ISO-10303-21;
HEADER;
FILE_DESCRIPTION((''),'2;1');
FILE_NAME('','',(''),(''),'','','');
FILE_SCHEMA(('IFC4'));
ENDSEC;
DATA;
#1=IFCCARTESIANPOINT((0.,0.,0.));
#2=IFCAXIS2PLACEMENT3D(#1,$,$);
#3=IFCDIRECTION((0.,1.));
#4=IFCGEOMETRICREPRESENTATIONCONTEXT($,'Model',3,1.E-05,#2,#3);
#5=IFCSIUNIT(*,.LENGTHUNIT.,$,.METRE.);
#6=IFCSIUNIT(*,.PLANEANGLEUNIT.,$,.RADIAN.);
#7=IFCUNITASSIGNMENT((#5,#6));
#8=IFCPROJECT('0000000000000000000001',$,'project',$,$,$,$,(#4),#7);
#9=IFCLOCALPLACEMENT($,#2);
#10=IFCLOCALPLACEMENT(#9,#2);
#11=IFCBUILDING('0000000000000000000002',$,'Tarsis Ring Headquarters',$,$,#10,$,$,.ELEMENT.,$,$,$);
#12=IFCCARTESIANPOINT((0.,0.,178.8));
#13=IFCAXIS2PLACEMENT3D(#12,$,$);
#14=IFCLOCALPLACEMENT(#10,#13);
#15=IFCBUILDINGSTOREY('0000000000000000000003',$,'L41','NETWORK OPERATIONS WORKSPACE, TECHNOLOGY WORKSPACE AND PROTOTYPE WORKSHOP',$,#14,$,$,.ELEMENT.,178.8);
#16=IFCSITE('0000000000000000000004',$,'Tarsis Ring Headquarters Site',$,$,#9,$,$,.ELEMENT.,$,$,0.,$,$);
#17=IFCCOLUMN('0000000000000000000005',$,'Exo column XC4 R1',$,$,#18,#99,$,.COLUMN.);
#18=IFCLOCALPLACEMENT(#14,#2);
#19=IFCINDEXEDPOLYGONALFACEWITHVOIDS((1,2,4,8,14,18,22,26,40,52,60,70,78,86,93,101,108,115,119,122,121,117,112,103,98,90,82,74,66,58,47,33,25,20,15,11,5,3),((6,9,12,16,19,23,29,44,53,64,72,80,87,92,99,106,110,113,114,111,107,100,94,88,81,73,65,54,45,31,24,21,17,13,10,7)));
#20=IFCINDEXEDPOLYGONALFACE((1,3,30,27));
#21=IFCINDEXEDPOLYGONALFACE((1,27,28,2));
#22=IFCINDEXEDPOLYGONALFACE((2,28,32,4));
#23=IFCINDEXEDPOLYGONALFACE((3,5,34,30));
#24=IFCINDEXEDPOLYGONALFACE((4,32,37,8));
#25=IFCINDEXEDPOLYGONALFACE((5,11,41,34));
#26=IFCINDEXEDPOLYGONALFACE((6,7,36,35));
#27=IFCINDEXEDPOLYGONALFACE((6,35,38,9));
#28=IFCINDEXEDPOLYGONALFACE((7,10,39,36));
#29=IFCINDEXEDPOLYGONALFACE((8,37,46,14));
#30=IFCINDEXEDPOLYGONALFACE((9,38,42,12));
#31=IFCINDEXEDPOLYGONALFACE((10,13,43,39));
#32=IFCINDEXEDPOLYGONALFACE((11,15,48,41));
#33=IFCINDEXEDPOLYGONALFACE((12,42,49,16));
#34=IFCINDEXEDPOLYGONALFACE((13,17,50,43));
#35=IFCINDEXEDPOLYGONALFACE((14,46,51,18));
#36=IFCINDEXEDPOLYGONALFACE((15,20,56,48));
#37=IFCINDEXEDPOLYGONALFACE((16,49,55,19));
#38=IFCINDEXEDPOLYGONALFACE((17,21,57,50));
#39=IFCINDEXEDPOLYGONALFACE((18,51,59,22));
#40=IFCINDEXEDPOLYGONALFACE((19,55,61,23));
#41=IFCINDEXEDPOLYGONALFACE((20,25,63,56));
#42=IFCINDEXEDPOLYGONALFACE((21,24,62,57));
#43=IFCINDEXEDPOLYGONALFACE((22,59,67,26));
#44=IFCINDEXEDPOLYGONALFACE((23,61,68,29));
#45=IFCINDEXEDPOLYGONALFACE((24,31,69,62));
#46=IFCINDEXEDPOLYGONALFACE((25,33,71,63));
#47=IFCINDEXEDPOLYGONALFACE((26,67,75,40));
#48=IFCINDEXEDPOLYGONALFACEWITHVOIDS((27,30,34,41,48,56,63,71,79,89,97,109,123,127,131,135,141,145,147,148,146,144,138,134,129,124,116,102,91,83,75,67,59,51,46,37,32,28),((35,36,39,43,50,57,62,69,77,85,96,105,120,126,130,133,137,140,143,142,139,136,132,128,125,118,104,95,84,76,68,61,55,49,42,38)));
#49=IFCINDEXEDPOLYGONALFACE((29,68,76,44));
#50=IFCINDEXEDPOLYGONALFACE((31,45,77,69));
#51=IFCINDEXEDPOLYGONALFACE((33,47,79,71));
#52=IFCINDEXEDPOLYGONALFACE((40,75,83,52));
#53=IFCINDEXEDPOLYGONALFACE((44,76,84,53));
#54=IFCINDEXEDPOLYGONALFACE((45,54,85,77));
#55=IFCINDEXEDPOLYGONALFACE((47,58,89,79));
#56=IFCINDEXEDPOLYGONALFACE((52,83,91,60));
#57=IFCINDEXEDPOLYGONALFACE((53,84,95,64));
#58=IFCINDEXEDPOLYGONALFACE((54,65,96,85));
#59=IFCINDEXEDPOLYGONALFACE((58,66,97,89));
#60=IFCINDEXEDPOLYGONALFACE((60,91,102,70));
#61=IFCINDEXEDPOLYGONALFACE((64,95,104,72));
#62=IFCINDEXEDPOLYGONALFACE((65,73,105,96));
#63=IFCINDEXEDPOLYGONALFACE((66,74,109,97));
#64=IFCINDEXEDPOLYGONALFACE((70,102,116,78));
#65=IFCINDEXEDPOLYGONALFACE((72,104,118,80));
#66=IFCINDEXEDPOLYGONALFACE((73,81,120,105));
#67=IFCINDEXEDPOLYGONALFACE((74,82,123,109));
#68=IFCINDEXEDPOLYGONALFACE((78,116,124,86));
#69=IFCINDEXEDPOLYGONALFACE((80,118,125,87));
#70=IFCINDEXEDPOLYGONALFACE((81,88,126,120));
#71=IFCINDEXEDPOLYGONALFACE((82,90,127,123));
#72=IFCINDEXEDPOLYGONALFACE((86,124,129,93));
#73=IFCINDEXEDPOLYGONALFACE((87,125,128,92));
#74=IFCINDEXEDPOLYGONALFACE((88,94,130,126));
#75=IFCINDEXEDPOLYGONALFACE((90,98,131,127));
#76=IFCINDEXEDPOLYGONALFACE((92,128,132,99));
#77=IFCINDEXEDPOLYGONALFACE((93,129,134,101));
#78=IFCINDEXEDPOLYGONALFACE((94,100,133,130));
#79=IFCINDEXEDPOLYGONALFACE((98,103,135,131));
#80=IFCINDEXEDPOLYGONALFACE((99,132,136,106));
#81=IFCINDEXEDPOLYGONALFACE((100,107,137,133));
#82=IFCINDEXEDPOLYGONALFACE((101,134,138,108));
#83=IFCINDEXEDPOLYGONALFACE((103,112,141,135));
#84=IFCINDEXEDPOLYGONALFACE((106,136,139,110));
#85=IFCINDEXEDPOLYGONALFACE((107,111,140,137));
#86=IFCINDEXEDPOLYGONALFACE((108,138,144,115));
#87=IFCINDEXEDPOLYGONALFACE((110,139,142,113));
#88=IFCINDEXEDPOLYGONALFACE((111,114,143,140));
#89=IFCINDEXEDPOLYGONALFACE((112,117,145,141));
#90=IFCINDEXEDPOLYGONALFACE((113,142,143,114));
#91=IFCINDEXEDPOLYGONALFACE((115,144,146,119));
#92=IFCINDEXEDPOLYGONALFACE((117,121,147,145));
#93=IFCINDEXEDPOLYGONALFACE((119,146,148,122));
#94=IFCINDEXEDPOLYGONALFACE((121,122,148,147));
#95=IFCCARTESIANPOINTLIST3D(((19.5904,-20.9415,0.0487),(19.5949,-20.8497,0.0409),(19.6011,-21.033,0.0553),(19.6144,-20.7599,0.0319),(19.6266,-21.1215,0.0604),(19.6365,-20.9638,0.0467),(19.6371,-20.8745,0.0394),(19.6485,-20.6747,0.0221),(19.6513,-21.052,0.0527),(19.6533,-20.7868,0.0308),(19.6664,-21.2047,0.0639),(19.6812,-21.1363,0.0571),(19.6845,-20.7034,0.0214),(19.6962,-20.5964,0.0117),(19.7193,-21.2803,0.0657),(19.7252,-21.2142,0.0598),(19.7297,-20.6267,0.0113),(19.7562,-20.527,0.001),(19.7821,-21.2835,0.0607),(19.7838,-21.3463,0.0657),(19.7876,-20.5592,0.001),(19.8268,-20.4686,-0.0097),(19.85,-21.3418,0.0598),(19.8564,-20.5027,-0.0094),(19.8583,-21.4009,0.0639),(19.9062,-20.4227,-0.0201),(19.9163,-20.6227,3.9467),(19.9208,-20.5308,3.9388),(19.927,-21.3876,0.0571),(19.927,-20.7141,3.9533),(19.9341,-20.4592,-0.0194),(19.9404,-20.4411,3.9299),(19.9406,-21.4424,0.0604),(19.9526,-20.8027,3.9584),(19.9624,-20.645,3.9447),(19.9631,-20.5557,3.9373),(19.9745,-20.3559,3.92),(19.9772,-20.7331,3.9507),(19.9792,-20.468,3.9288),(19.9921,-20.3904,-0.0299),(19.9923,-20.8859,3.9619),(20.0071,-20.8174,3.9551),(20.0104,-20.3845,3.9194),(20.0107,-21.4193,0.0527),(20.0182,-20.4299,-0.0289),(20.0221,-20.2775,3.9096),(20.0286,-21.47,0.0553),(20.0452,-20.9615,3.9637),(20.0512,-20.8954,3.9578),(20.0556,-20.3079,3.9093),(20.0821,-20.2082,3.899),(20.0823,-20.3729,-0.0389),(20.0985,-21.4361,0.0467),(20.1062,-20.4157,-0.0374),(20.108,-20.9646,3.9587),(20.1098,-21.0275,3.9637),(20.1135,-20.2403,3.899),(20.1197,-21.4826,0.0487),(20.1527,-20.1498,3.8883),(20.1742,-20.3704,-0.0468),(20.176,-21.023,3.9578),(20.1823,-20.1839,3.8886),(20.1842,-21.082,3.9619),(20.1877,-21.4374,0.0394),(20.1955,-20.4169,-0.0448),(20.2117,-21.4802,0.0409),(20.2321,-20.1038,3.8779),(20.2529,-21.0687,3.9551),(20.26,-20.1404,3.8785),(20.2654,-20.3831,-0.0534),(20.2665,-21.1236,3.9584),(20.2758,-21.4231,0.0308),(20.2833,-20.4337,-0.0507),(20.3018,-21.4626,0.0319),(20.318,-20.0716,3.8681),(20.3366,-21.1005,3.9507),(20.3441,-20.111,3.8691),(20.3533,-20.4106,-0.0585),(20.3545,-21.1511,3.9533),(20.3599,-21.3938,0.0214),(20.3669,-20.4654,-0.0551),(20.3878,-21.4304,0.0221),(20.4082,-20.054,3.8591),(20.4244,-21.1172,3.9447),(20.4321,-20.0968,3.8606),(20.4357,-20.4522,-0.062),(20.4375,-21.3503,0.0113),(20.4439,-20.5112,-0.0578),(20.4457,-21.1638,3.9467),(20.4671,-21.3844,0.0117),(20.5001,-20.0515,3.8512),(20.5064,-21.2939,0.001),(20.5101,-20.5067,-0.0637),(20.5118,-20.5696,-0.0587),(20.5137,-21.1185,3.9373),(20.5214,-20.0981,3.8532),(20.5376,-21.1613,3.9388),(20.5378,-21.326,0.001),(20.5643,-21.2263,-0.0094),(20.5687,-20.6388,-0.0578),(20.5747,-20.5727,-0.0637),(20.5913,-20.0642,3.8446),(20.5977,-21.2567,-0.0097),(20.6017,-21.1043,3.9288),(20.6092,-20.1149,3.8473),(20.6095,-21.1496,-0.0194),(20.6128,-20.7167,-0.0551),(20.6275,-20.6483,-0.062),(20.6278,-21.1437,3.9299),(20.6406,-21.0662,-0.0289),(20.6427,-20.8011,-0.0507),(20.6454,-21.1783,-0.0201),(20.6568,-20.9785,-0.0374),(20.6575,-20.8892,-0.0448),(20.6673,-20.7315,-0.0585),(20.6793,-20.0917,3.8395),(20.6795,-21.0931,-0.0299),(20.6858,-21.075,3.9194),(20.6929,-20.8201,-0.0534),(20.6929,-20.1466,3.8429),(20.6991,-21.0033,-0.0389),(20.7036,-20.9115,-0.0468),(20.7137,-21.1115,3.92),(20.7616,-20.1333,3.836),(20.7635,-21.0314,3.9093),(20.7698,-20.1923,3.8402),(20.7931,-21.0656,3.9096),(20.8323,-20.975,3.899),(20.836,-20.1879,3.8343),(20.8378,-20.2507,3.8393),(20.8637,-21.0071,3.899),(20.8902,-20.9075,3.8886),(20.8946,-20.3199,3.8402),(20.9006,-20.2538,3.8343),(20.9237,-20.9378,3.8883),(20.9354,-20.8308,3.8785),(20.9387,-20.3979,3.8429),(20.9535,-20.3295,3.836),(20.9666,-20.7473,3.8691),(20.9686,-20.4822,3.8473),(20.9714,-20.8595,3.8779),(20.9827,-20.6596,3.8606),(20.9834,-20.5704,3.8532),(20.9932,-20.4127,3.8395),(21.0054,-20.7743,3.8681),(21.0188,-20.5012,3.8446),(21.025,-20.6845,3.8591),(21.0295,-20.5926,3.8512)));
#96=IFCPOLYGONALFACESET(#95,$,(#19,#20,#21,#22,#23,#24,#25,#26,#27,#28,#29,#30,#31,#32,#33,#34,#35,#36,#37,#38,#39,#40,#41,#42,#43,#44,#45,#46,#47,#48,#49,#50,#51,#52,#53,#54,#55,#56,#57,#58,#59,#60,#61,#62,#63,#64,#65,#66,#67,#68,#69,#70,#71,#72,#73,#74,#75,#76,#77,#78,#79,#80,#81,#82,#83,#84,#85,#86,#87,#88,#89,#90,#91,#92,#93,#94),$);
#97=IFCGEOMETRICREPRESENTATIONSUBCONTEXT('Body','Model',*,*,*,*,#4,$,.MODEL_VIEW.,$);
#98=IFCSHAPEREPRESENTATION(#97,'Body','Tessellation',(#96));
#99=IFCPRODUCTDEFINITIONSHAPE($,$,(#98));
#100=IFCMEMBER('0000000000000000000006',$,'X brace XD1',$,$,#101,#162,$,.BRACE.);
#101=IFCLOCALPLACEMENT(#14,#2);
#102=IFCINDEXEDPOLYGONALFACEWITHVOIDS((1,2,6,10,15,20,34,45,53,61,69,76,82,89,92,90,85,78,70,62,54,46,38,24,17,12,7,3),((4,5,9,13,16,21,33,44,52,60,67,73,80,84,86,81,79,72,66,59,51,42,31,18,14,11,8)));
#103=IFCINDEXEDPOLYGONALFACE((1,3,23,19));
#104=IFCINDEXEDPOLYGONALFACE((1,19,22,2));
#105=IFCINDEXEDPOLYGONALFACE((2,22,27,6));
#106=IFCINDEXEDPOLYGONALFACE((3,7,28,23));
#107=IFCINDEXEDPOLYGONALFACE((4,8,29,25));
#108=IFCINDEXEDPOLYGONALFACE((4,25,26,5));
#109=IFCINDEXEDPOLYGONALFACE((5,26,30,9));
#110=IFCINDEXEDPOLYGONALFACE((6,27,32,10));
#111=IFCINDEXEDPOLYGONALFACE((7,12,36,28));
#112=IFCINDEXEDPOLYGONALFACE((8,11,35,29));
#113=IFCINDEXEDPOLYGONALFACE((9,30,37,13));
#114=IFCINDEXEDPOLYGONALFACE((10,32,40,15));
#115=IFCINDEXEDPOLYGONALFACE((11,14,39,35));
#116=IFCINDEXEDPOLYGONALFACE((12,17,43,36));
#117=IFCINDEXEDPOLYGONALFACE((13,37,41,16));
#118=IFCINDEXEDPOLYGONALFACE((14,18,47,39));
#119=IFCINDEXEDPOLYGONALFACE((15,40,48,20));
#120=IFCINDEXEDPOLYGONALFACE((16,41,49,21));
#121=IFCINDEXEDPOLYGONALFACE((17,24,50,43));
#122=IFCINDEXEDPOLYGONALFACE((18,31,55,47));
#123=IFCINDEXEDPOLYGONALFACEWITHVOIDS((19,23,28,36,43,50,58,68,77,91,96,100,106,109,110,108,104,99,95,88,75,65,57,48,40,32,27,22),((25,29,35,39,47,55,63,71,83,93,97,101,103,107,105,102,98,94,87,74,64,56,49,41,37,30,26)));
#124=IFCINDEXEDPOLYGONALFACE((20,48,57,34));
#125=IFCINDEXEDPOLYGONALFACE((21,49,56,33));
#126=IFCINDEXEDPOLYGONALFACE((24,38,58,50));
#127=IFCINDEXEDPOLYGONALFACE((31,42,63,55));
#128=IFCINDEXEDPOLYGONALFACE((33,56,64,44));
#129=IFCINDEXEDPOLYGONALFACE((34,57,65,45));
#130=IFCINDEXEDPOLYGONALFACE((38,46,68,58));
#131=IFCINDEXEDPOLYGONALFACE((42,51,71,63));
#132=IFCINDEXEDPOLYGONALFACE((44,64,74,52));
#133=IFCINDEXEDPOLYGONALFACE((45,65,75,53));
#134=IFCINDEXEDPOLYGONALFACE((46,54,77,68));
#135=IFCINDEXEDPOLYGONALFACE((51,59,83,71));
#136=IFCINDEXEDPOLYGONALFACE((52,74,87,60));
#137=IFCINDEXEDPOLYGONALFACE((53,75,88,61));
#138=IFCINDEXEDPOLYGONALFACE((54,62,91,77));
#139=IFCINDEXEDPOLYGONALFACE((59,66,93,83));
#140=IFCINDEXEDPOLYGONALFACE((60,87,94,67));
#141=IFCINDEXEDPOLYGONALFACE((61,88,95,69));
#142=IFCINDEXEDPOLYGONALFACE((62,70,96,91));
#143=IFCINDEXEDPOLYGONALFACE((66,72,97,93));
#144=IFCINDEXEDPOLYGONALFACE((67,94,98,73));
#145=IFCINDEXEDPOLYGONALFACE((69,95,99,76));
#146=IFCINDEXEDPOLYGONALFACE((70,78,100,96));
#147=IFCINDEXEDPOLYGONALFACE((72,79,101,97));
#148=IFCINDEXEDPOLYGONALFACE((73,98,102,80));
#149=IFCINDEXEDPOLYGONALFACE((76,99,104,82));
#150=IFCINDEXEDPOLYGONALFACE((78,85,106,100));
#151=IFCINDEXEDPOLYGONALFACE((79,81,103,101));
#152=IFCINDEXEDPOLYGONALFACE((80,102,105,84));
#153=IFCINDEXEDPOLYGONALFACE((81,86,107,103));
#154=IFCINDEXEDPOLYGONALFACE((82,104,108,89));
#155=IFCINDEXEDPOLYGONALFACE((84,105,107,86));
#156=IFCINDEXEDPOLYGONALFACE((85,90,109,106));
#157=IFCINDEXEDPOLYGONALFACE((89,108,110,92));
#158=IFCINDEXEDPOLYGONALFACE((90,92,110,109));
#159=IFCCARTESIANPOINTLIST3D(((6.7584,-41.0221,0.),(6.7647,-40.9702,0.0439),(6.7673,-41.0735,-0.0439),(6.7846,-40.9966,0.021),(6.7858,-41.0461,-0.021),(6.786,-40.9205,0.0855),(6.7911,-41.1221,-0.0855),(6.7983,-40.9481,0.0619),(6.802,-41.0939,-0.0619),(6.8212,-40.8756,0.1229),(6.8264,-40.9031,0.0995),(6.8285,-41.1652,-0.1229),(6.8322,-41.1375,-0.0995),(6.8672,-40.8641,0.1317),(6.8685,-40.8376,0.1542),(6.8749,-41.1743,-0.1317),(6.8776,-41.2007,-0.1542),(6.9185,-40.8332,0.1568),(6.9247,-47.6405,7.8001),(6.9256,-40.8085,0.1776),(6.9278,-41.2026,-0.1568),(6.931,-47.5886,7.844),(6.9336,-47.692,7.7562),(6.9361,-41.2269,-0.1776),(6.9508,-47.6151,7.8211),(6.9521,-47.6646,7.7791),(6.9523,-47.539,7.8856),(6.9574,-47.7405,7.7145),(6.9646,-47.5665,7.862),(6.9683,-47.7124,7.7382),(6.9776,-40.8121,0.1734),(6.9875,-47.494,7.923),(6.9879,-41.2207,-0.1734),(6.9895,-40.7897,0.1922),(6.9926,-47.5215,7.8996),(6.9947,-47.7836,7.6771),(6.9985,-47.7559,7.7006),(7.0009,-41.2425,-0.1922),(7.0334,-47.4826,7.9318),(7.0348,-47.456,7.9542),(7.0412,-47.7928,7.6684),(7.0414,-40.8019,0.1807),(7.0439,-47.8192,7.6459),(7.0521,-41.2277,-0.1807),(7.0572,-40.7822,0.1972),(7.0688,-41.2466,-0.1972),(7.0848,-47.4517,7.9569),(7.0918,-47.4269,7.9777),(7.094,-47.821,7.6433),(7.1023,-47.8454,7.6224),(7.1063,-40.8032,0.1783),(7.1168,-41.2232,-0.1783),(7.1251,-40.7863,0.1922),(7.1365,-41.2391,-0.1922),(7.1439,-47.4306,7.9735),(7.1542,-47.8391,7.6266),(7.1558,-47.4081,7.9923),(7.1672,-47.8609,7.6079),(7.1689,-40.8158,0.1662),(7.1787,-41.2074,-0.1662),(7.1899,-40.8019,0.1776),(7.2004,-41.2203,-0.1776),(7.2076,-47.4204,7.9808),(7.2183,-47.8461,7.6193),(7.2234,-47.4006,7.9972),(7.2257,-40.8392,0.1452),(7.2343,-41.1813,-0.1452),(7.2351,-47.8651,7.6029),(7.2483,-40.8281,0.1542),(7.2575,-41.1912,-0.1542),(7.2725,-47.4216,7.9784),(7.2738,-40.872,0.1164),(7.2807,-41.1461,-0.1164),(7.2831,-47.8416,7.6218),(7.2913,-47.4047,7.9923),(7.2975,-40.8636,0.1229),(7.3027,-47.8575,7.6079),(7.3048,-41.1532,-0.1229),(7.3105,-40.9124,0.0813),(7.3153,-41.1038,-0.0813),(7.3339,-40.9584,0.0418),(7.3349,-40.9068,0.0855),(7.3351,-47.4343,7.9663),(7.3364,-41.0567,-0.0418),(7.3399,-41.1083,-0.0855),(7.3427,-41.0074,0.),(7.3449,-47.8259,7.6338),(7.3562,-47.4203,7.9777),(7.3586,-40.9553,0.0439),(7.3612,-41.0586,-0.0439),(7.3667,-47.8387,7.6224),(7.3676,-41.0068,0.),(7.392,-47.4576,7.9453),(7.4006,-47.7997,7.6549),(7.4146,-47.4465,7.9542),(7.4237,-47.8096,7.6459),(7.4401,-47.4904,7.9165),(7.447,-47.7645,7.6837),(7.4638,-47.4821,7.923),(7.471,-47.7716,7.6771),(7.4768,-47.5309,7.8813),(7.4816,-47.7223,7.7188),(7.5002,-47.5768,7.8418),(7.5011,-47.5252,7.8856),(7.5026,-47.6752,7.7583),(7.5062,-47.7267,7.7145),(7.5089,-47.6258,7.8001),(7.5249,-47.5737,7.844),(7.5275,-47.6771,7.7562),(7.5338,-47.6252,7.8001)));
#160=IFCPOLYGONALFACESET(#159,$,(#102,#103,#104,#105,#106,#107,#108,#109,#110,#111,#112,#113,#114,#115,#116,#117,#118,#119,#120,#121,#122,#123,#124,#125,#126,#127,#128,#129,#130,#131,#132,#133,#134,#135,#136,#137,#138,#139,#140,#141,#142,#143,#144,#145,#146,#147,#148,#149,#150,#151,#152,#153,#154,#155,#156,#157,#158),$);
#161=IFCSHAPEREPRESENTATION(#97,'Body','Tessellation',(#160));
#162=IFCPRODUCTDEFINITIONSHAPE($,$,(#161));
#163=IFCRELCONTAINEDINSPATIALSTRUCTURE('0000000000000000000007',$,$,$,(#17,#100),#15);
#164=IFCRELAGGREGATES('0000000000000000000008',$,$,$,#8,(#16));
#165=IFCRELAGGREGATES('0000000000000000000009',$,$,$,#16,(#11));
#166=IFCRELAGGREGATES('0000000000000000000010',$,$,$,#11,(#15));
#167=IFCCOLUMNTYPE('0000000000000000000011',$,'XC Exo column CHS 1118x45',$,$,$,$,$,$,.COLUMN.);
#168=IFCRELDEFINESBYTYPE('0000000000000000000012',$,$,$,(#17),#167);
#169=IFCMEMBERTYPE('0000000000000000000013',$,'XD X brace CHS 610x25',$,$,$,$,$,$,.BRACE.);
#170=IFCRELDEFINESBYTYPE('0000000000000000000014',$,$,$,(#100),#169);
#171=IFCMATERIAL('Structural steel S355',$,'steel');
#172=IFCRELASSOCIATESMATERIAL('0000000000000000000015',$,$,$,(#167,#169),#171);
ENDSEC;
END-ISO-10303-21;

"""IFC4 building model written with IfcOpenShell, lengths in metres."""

from ifc_helpers import new_model, si_unit, direction, frame, origin, origin_2d, place, context, subcontext, project, spatial, hollow_circle, extrude, material, material_profile, profile_set, type_object, element, save


model = new_model("IFC4")

# Units and contexts
model_context = context("Model", 3, precision=1e-05, world=origin(), true_north=direction((0.0, 1.0)))
body_context = subcontext(model_context, "Body", "Model", "MODEL_VIEW")
ifc_project = project(units=[si_unit("LENGTHUNIT", "METRE"), si_unit("PLANEANGLEUNIT", "RADIAN")], contexts=[model_context])

# Site, building, storey
site_placement = place(None, origin())
site = spatial("IfcSite", under=ifc_project, at=site_placement, Name="Tarsis Ring Headquarters Site", CompositionType="ELEMENT", RefElevation=0.0)
building_placement = place(site_placement, origin())
building = spatial("IfcBuilding", under=site, at=building_placement, Name="Tarsis Ring Headquarters", CompositionType="ELEMENT")
storey_placement = place(building_placement, frame((0.0, 0.0, 178.8)))
storey = spatial("IfcBuildingStorey", under=building, at=storey_placement, Name="L41", Description="NETWORK OPERATIONS WORKSPACE, TECHNOLOGY WORKSPACE AND PROTOTYPE WORKSHOP", CompositionType="ELEMENT", Elevation=178.8)

# Column
ifc_material_1 = material(Name="Structural steel S355", Category="steel")
ifc_material_profile_1 = material_profile(ifc_material_1, hollow_circle(Radius=0.5588, WallThickness=0.0449, at=origin_2d()), Name="CHS 1118x45")
ifc_profile_set_1 = profile_set([ifc_material_profile_1], Name="Structural steel S355")
column_type = type_object("IfcColumnType", Name="XC Exo column CHS 1118x45", PredefinedType="COLUMN", material=ifc_profile_set_1)
for number, where, z_axis, x_axis, name in (
    (1, (20.147, -20.9265, 0.001), (0.083049, 0.081245, 0.993228), (-0.6993, 0.714828, 0.0), "Exo column XC4 R1"),
):
    element("IfcColumn", number, at=place(storey_placement, frame(where, z_axis=z_axis, x_axis=x_axis)), inside=storey, type_object=column_type, Name=name, PredefinedType="COLUMN", context=body_context, shape_type="SweptSolid", body=[
        extrude(hollow_circle(Radius=0.5588, WallThickness=0.0449, at=origin_2d()), origin(), (0.0, 0.0, 1.0), 3.9246),
    ])

# Member
ifc_material_profile_2 = material_profile(ifc_material_1, hollow_circle(Radius=0.3047, WallThickness=0.0249, at=origin_2d()), Name="CHS 610x25")
ifc_profile_set_2 = profile_set([ifc_material_profile_2], Name="Structural steel S355")
member_type = type_object("IfcMemberType", Name="XD X brace CHS 610x25", PredefinedType="BRACE", material=ifc_profile_set_2)
member_1_placement = place(storey_placement, frame((7.063, -41.0144, 0.0), z_axis=(0.016251, -0.646903, 0.7624), x_axis=(0.999685, 0.025113, 0.0)))
element("IfcMember", 2, at=member_1_placement, inside=storey, type_object=member_type, Name="X brace XD1", PredefinedType="BRACE", context=body_context, shape_type="SweptSolid", body=[
    extrude(hollow_circle(Radius=0.3047, WallThickness=0.0249, at=origin_2d()), origin(), (0.0, 0.0, 1.0), 10.231),
])

save(model, "model.ifc")
